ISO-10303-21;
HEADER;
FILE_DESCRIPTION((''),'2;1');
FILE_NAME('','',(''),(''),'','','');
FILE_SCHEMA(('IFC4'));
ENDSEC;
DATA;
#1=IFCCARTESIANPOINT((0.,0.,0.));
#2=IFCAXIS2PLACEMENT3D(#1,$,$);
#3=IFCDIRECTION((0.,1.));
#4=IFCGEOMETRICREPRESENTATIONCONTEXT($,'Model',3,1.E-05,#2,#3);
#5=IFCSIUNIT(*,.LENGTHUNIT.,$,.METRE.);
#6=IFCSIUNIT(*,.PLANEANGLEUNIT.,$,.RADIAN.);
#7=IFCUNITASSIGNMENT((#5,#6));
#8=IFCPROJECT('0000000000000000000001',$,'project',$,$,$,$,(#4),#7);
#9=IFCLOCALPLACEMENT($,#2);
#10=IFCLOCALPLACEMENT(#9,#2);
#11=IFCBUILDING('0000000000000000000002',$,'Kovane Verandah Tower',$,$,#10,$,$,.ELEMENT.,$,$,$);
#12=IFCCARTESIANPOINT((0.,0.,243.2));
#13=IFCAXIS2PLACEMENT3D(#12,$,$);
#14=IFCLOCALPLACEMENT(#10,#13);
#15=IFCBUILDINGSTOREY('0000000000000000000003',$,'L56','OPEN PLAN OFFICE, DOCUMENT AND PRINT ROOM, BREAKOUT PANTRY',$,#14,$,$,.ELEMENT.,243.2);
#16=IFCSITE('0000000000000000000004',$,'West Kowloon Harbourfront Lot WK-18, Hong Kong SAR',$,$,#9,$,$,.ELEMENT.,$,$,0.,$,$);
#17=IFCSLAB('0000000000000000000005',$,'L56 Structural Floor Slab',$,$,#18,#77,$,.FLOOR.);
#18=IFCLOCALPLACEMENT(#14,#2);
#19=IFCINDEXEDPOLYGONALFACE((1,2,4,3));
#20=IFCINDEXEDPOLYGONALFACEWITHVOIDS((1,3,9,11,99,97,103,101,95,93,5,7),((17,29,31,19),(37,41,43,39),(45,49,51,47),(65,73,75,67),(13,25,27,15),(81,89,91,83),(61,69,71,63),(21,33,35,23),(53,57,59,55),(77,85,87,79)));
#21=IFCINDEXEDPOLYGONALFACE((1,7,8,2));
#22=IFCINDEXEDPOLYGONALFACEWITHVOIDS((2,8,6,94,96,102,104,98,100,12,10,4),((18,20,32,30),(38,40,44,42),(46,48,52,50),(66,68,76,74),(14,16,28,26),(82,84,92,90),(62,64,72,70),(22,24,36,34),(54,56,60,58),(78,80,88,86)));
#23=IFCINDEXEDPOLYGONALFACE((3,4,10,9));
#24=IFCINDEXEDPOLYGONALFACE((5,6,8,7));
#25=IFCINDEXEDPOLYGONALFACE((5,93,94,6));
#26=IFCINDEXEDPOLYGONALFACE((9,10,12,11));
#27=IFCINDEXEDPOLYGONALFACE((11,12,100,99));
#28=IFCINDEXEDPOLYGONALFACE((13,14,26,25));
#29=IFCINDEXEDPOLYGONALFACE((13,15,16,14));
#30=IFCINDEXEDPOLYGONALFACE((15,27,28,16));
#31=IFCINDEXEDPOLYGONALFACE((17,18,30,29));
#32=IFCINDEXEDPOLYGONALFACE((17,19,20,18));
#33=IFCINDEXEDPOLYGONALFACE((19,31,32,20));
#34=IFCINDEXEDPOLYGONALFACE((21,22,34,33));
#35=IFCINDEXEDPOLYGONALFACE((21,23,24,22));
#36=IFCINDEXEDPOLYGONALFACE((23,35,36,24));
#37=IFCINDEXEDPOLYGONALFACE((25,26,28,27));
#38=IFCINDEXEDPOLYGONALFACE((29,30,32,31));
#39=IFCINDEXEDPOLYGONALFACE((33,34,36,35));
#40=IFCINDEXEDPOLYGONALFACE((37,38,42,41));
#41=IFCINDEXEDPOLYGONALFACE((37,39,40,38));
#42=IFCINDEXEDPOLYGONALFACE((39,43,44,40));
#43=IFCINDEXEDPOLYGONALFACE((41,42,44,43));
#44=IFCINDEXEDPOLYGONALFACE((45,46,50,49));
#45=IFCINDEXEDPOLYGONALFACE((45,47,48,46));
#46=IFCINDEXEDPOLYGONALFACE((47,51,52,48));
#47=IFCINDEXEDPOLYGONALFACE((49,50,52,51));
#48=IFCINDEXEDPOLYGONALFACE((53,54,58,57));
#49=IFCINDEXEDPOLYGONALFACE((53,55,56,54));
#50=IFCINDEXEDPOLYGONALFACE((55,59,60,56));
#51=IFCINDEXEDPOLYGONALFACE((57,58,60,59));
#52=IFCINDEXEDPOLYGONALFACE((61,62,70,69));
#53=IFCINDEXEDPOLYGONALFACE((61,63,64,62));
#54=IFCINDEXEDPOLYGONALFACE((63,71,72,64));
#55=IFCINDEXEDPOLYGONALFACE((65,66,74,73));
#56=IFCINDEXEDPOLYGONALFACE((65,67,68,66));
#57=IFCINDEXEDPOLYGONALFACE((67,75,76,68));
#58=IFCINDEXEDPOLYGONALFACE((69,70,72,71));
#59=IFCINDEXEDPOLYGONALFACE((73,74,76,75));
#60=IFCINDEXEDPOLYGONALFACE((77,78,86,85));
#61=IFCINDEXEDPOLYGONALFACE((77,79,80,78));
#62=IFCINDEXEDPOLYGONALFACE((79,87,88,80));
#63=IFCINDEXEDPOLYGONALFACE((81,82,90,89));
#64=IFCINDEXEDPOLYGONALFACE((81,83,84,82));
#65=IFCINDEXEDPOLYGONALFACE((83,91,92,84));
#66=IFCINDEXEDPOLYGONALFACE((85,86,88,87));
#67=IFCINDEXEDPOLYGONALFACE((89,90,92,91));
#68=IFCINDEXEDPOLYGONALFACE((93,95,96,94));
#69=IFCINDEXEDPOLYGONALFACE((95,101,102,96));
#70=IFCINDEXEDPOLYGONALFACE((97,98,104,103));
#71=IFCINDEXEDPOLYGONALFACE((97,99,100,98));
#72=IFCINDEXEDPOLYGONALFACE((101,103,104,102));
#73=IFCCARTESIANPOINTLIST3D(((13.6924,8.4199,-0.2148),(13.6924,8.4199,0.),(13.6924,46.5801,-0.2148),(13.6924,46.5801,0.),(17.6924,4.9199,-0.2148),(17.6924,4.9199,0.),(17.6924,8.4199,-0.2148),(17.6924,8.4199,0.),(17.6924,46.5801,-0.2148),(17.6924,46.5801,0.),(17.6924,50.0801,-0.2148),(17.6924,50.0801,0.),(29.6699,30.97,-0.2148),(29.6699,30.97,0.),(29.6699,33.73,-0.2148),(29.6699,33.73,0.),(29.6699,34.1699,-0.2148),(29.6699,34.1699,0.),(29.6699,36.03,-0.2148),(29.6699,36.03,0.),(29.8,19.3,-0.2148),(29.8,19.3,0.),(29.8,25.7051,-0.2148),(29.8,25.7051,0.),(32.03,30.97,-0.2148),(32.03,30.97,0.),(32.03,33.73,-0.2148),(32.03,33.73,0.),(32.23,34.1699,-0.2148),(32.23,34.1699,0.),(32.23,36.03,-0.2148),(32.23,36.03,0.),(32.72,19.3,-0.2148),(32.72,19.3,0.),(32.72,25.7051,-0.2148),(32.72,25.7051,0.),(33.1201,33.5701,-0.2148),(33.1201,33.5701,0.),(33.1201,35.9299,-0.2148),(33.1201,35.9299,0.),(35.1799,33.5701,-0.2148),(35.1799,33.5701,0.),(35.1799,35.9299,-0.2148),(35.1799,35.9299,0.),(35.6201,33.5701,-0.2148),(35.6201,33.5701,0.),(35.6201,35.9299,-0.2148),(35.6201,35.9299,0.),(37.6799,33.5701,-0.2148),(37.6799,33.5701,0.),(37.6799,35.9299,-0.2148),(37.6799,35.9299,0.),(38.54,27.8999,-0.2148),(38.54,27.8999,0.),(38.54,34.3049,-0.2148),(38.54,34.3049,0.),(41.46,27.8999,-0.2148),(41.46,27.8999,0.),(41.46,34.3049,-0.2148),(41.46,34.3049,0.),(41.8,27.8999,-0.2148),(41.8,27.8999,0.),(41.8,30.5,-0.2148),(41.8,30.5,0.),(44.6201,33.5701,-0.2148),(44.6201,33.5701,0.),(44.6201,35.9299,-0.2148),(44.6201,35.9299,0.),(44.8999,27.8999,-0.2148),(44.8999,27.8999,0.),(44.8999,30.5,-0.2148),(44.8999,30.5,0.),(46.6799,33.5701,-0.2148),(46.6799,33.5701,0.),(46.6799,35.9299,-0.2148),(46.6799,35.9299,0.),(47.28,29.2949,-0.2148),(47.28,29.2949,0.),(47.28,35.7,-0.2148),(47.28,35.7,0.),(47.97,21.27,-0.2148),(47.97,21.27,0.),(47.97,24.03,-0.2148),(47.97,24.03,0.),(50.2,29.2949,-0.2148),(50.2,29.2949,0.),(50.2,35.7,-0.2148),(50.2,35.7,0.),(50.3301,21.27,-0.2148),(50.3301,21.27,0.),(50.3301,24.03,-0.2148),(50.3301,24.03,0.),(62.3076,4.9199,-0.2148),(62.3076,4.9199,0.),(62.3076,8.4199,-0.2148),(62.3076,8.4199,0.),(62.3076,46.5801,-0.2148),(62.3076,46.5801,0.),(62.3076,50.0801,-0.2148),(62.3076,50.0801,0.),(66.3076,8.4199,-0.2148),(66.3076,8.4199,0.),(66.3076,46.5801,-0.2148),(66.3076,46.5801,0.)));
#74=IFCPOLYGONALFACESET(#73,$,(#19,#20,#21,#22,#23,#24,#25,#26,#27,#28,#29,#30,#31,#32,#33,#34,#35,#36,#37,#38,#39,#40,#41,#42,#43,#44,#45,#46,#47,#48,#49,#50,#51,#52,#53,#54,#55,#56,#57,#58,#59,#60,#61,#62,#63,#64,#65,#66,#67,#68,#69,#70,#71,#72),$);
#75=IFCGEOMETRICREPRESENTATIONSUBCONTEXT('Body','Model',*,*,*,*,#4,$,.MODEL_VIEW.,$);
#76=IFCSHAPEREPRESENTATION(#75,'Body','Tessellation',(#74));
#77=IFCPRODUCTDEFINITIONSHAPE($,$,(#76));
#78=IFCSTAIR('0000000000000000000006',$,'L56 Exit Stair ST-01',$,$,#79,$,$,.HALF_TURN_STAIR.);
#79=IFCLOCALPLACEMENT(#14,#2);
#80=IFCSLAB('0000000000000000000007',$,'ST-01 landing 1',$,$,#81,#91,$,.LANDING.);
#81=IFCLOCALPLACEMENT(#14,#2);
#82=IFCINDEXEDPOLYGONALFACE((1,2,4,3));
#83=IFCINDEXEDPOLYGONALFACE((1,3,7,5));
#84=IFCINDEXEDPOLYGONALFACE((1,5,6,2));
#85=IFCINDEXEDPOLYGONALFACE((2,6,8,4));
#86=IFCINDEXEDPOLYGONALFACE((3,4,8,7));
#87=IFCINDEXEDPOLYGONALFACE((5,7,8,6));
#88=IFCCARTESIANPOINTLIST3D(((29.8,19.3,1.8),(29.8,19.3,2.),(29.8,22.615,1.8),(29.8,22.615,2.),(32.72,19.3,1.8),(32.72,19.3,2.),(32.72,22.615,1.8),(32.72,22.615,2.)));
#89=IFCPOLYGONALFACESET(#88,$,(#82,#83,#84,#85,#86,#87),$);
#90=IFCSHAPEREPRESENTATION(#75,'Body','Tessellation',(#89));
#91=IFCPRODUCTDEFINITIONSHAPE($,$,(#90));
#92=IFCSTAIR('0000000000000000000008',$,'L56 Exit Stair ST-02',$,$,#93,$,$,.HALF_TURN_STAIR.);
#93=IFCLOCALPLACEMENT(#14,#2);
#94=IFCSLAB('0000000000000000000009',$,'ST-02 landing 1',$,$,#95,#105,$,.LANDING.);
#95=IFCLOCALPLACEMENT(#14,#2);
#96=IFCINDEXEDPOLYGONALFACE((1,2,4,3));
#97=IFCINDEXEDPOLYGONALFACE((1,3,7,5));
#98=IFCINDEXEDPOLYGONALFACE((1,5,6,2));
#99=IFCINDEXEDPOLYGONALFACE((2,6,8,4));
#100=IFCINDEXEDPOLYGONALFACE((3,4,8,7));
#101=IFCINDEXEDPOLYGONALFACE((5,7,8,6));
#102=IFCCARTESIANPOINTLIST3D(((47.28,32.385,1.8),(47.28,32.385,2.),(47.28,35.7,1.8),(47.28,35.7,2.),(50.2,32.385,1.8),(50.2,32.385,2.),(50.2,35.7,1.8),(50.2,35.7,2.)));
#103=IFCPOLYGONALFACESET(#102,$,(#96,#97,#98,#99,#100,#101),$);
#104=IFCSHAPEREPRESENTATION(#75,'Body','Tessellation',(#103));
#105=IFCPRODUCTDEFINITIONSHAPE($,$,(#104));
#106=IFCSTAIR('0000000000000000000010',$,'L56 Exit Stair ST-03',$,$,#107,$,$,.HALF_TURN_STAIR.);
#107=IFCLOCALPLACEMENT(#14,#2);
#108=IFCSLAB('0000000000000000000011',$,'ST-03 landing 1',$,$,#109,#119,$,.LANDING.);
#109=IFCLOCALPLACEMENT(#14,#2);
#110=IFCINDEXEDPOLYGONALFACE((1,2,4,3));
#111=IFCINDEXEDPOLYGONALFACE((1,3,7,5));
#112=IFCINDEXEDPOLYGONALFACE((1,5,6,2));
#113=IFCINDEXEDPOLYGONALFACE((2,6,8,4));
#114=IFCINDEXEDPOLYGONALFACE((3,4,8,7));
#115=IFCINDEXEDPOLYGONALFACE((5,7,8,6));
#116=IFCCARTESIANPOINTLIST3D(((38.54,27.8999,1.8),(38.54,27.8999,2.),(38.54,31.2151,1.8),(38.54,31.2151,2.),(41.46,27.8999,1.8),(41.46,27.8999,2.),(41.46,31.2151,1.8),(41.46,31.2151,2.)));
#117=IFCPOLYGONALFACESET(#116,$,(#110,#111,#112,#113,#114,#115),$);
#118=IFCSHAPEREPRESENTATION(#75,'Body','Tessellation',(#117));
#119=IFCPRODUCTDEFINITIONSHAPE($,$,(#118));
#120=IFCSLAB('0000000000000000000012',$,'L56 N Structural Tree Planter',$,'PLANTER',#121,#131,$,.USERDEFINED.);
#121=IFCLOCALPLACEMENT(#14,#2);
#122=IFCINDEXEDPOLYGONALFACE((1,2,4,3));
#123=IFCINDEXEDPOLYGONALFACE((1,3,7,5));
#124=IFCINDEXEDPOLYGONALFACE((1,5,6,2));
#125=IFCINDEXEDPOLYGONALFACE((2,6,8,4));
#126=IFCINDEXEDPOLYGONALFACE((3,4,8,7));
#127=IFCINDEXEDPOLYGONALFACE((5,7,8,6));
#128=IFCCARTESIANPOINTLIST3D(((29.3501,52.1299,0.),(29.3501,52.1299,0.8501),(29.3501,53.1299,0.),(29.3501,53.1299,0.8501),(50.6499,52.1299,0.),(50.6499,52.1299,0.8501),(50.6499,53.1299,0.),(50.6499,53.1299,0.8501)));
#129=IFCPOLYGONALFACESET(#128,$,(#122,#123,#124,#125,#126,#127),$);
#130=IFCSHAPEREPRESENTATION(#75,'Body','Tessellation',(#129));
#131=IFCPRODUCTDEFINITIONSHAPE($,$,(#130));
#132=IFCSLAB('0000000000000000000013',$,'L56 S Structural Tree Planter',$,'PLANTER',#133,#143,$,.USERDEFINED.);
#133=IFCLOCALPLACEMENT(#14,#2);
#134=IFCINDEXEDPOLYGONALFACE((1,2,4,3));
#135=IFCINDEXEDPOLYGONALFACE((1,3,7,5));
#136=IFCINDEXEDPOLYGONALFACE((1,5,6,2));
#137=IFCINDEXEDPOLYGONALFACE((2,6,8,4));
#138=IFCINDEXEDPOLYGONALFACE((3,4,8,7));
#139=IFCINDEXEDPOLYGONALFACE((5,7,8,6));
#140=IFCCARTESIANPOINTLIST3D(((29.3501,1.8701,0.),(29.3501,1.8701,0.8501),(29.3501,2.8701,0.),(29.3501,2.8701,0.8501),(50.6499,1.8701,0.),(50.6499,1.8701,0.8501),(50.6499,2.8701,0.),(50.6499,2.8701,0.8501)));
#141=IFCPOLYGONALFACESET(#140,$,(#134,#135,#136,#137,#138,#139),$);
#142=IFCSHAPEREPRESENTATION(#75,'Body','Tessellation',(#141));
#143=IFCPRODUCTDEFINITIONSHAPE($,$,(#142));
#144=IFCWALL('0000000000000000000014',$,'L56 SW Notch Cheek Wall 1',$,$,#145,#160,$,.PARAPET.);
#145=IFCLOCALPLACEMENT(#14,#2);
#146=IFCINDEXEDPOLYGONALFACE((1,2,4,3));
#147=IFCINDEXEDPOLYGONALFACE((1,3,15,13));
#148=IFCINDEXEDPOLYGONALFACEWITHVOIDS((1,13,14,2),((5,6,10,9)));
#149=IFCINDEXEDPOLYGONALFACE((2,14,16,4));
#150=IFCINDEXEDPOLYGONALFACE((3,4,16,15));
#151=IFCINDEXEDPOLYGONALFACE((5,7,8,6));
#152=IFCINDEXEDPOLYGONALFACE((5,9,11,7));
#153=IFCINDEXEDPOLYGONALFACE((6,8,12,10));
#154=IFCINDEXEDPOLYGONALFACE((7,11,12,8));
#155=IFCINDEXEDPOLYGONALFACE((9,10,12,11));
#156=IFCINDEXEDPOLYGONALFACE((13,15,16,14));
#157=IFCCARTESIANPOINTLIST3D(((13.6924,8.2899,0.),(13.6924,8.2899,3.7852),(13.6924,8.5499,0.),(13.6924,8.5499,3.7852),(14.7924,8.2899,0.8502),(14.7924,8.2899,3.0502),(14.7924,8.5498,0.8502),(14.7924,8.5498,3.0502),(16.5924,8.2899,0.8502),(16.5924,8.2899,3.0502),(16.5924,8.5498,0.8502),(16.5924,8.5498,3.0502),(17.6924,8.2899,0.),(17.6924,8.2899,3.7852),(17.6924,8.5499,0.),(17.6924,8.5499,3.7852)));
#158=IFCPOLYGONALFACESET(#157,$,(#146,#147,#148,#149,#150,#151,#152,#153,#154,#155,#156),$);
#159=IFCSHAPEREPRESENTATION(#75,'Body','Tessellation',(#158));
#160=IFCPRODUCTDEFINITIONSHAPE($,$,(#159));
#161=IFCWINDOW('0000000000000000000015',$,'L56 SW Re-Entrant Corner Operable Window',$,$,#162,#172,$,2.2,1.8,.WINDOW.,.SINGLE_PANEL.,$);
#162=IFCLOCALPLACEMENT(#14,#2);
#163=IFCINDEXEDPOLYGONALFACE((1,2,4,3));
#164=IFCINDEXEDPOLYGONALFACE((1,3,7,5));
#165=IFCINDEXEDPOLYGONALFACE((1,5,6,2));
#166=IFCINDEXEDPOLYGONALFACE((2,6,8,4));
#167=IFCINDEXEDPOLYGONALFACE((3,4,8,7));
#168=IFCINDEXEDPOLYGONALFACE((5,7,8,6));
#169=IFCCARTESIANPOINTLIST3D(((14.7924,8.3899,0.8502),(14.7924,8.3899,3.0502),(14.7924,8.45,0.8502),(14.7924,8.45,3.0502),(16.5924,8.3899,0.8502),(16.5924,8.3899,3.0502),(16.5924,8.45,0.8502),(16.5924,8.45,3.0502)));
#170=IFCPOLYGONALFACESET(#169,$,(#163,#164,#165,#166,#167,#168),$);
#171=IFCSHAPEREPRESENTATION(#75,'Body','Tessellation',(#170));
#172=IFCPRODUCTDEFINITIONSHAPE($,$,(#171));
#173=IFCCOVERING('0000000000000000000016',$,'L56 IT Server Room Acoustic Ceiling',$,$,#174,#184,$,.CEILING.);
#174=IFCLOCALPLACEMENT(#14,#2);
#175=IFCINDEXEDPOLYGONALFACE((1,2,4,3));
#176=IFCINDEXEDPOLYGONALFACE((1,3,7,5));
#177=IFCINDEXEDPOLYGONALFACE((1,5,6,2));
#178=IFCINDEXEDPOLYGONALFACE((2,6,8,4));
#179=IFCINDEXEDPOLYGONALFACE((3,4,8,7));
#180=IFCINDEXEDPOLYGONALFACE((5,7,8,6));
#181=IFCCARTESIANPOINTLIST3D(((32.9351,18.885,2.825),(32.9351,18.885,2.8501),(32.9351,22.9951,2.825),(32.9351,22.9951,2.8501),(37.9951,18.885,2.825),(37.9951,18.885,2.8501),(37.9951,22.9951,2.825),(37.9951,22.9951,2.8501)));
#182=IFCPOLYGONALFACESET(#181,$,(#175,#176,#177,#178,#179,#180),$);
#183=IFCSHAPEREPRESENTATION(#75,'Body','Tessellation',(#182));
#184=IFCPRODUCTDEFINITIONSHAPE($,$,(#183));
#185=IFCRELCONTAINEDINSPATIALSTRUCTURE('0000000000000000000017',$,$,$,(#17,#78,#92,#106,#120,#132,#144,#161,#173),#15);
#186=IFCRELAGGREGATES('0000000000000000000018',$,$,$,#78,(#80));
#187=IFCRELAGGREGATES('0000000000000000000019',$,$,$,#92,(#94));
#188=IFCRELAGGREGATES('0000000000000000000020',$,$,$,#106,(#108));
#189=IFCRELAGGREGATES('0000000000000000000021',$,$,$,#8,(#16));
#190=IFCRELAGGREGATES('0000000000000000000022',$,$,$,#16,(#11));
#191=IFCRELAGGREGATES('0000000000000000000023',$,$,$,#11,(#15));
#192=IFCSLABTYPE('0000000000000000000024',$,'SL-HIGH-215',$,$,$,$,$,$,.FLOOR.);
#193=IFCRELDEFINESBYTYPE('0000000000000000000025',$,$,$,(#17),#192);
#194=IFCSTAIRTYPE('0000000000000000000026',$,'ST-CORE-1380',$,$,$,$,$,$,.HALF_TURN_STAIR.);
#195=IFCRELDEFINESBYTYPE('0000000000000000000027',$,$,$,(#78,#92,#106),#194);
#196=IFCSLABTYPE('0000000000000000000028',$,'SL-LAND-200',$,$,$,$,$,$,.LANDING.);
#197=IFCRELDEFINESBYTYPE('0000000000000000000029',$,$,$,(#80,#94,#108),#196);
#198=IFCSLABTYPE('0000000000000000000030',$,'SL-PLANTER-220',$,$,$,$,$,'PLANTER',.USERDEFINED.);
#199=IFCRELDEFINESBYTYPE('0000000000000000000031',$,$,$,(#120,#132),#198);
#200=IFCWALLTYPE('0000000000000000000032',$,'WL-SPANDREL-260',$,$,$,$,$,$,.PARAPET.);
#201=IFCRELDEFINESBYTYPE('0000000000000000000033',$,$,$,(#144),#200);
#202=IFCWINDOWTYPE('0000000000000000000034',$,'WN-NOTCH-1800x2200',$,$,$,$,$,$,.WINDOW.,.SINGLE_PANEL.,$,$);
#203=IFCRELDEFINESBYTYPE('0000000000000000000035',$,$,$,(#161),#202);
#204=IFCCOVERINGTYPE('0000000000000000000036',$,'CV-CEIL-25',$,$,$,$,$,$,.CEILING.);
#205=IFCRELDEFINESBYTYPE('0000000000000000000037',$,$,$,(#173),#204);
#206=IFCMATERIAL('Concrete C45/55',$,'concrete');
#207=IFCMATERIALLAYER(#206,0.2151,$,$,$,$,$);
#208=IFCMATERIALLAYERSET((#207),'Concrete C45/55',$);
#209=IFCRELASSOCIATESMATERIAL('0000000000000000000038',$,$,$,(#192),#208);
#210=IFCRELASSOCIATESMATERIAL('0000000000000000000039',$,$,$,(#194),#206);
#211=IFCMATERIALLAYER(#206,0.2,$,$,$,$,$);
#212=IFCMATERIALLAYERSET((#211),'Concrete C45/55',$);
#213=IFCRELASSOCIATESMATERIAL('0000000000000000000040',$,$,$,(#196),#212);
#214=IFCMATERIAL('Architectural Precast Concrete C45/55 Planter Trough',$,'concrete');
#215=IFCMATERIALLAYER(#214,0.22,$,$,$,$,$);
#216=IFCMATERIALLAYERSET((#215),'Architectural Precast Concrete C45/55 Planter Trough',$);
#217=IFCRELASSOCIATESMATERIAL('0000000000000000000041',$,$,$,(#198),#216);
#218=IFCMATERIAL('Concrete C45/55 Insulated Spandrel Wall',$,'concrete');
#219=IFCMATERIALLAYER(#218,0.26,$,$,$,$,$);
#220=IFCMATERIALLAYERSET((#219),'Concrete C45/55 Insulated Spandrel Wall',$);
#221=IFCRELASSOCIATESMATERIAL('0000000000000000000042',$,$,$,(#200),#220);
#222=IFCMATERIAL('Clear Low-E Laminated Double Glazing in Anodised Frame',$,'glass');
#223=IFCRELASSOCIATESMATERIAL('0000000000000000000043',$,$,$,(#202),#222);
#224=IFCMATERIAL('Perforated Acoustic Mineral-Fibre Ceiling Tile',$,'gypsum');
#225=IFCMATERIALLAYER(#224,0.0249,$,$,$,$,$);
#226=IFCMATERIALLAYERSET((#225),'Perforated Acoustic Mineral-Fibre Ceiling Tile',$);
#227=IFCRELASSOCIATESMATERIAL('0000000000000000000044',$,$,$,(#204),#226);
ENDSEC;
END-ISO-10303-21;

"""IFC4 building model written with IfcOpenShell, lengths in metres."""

from ifc_helpers import new_model, si_unit, direction, frame, frame_2d, origin, place, context, subcontext, project, spatial, polyline, rectangle, outline, extrude, material, layer, layer_set, type_object, element, fill, aggregate, save


model = new_model("IFC4")

# Units and contexts
model_context = context("Model", 3, precision=1e-05, world=origin(), true_north=direction((0.0, 1.0)))
body_context = subcontext(model_context, "Body", "Model", "MODEL_VIEW")
ifc_project = project(units=[si_unit("LENGTHUNIT", "METRE"), si_unit("PLANEANGLEUNIT", "RADIAN")], contexts=[model_context])

# Site, building, storey
site_placement = place(None, origin())
site = spatial("IfcSite", under=ifc_project, at=site_placement, Name="West Kowloon Harbourfront Lot WK-18, Hong Kong SAR", CompositionType="ELEMENT", RefElevation=0.0)
building_placement = place(site_placement, origin())
building = spatial("IfcBuilding", under=site, at=building_placement, Name="Kovane Verandah Tower", CompositionType="ELEMENT")
storey_placement = place(building_placement, frame((0.0, 0.0, 243.2)))
storey = spatial("IfcBuildingStorey", under=building, at=storey_placement, Name="L56", Description="OPEN PLAN OFFICE, DOCUMENT AND PRINT ROOM, BREAKOUT PANTRY", CompositionType="ELEMENT", Elevation=243.2)

# Slab
ifc_material_1 = material(Name="Concrete C45/55", Category="concrete")
ifc_layer_1 = layer(ifc_material_1, 0.2151)
ifc_layer_set_1 = layer_set([ifc_layer_1], Name="Concrete C45/55")
slab_type_1 = type_object("IfcSlabType", Name="SL-HIGH-215", PredefinedType="FLOOR", material=ifc_layer_set_1)
slab_1_placement = place(storey_placement, frame((0.0, 0.0, -0.2148)))
element("IfcSlab", 1, at=slab_1_placement, inside=storey, type_object=slab_type_1, Name="L56 Structural Floor Slab", PredefinedType="FLOOR", context=body_context, shape_type="SweptSolid", body=[
    extrude(outline(polyline([(17.6924, 4.9199), (62.3076, 4.9199), (62.3076, 8.4199), (66.3076, 8.4199), (66.3076, 46.5801), (62.3076, 46.5801), (62.3076, 50.0801), (17.6924, 50.0801), (17.6924, 46.5801), (13.6924, 46.5801), (13.6924, 8.4199), (17.6924, 8.4199), (17.6924, 4.9199)]), holes=[polyline([(29.8, 19.3), (32.72, 19.3), (32.72, 25.7051), (29.8, 25.7051), (29.8, 19.3)]), polyline([(47.28, 29.2949), (50.2, 29.2949), (50.2, 35.7), (47.28, 35.7), (47.28, 29.2949)]), polyline([(38.54, 27.8999), (41.46, 27.8999), (41.46, 34.3049), (38.54, 34.3049), (38.54, 27.8999)]), polyline([(29.6699, 30.97), (32.03, 30.97), (32.03, 33.73), (29.6699, 33.73), (29.6699, 30.97)]), polyline([(47.97, 21.27), (50.3301, 21.27), (50.3301, 24.03), (47.97, 24.03), (47.97, 21.27)]), polyline([(29.6699, 34.1699), (32.23, 34.1699), (32.23, 36.03), (29.6699, 36.03), (29.6699, 34.1699)]), polyline([(33.1201, 33.5701), (35.1799, 33.5701), (35.1799, 35.9299), (33.1201, 35.9299), (33.1201, 33.5701)]), polyline([(35.6201, 33.5701), (37.6799, 33.5701), (37.6799, 35.9299), (35.6201, 35.9299), (35.6201, 33.5701)]), polyline([(44.6201, 33.5701), (46.6799, 33.5701), (46.6799, 35.9299), (44.6201, 35.9299), (44.6201, 33.5701)]), polyline([(41.8, 27.8999), (44.8999, 27.8999), (44.8999, 30.5), (41.8, 30.5), (41.8, 27.8999)])]), origin(), (0.0, 0.0, 1.0), 0.2148),
])

# Stairs, slabs
stair_type = type_object("IfcStairType", Name="ST-CORE-1380", PredefinedType="HALF_TURN_STAIR", material=ifc_material_1)
stair_1_placement = place(storey_placement, origin())
stair_1 = element("IfcStair", 2, at=stair_1_placement, inside=storey, type_object=stair_type, Name="L56 Exit Stair ST-01", PredefinedType="HALF_TURN_STAIR")
ifc_layer_2 = layer(ifc_material_1, 0.2)
ifc_layer_set_2 = layer_set([ifc_layer_2], Name="Concrete C45/55")
slab_type_2 = type_object("IfcSlabType", Name="SL-LAND-200", PredefinedType="LANDING", material=ifc_layer_set_2)
slab_2_placement = place(storey_placement, frame((0.0, 0.0, 1.8)))
slab_2 = element("IfcSlab", 3, at=slab_2_placement, type_object=slab_type_2, Name="ST-01 landing 1", PredefinedType="LANDING", context=body_context, shape_type="SweptSolid", body=[
    extrude(outline(polyline([(29.8, 22.615), (29.8, 19.3), (32.72, 19.3), (32.72, 22.615), (29.8, 22.615)])), origin(), (0.0, 0.0, 1.0), 0.2),
])
aggregate(stair_1, [slab_2])
stair_2_placement = place(storey_placement, origin())
stair_2 = element("IfcStair", 4, at=stair_2_placement, inside=storey, type_object=stair_type, Name="L56 Exit Stair ST-02", PredefinedType="HALF_TURN_STAIR")
slab_3_placement = place(storey_placement, frame((0.0, 0.0, 1.8)))
slab_3 = element("IfcSlab", 5, at=slab_3_placement, type_object=slab_type_2, Name="ST-02 landing 1", PredefinedType="LANDING", context=body_context, shape_type="SweptSolid", body=[
    extrude(outline(polyline([(50.2, 32.385), (50.2, 35.7), (47.28, 35.7), (47.28, 32.385), (50.2, 32.385)])), origin(), (0.0, 0.0, 1.0), 0.2),
])
aggregate(stair_2, [slab_3])
stair_3_placement = place(storey_placement, origin())
stair_3 = element("IfcStair", 6, at=stair_3_placement, inside=storey, type_object=stair_type, Name="L56 Exit Stair ST-03", PredefinedType="HALF_TURN_STAIR")
slab_4_placement = place(storey_placement, frame((0.0, 0.0, 1.8)))
slab_4 = element("IfcSlab", 7, at=slab_4_placement, type_object=slab_type_2, Name="ST-03 landing 1", PredefinedType="LANDING", context=body_context, shape_type="SweptSolid", body=[
    extrude(outline(polyline([(38.54, 31.2151), (38.54, 27.8999), (41.46, 27.8999), (41.46, 31.2151), (38.54, 31.2151)])), origin(), (0.0, 0.0, 1.0), 0.2),
])
aggregate(stair_3, [slab_4])

# Slabs
ifc_material_2 = material(Name="Architectural Precast Concrete C45/55 Planter Trough", Category="concrete")
ifc_layer_3 = layer(ifc_material_2, 0.22)
ifc_layer_set_3 = layer_set([ifc_layer_3], Name="Architectural Precast Concrete C45/55 Planter Trough")
slab_type_3 = type_object("IfcSlabType", Name="SL-PLANTER-220", ElementType="PLANTER", PredefinedType="USERDEFINED", material=ifc_layer_set_3)
slab_5_placement = place(storey_placement, origin())
element("IfcSlab", 8, at=slab_5_placement, inside=storey, type_object=slab_type_3, Name="L56 N Structural Tree Planter", ObjectType="PLANTER", PredefinedType="USERDEFINED", context=body_context, shape_type="SweptSolid", body=[
    extrude(outline(polyline([(29.3501, 52.1299), (50.6499, 52.1299), (50.6499, 53.1299), (29.3501, 53.1299), (29.3501, 52.1299)])), origin(), (0.0, 0.0, 1.0), 0.8501),
])
slab_6_placement = place(storey_placement, origin())
element("IfcSlab", 9, at=slab_6_placement, inside=storey, type_object=slab_type_3, Name="L56 S Structural Tree Planter", ObjectType="PLANTER", PredefinedType="USERDEFINED", context=body_context, shape_type="SweptSolid", body=[
    extrude(outline(polyline([(29.3501, 1.8701), (50.6499, 1.8701), (50.6499, 2.8701), (29.3501, 2.8701), (29.3501, 1.8701)])), origin(), (0.0, 0.0, 1.0), 0.8501),
])

# Wall, opening, window
ifc_material_3 = material(Name="Concrete C45/55 Insulated Spandrel Wall", Category="concrete")
ifc_layer_4 = layer(ifc_material_3, 0.26)
ifc_layer_set_4 = layer_set([ifc_layer_4], Name="Concrete C45/55 Insulated Spandrel Wall")
wall_type = type_object("IfcWallType", Name="WL-SPANDREL-260", PredefinedType="PARAPET", material=ifc_layer_set_4)
wall_placement = place(storey_placement, frame((13.6924, 8.4199, 0.0), z_axis=(0.0, 0.0, 1.0), x_axis=(1.0, 0.0, 0.0)))
wall = element("IfcWall", 10, at=wall_placement, inside=storey, type_object=wall_type, Name="L56 SW Notch Cheek Wall 1", PredefinedType="PARAPET", context=body_context, shape_type="SweptSolid", body=[
    extrude(rectangle(XDim=4.0, YDim=0.26, at=frame_2d((2.0, 0.0))), origin(), (0.0, 0.0, 1.0), 3.7852),
])
opening_placement = place(wall_placement, frame((1.1001, 0.0, 0.8501)))
opening = element("IfcOpeningElement", 11, at=opening_placement, cuts=wall, PredefinedType="OPENING", context=body_context, shape_type="SweptSolid", body=[
    extrude(rectangle(XDim=1.8, YDim=2.2, at=frame_2d((0.8999, 1.1001))), frame((0.0, 0.1299, 0.0), z_axis=(0.0, -1.0, 0.0), x_axis=(1.0, 0.0, 0.0)), (0.0, 0.0, 1.0), 0.26),
])
ifc_material_4 = material(Name="Clear Low-E Laminated Double Glazing in Anodised Frame", Category="glass")
window_type = type_object("IfcWindowType", Name="WN-NOTCH-1800x2200", PartitioningType="SINGLE_PANEL", PredefinedType="WINDOW", material=ifc_material_4)
window_placement = place(opening_placement, origin())
window = element("IfcWindow", 12, at=window_placement, inside=storey, type_object=window_type, Name="L56 SW Re-Entrant Corner Operable Window", OverallHeight=2.2, OverallWidth=1.8, PartitioningType="SINGLE_PANEL", PredefinedType="WINDOW", context=body_context, shape_type="SweptSolid", body=[
    extrude(rectangle(XDim=1.8, YDim=2.2, at=frame_2d((0.8999, 1.1001))), frame((0.0, 0.03, 0.0), z_axis=(0.0, -1.0, 0.0), x_axis=(1.0, 0.0, 0.0)), (0.0, 0.0, 1.0), 0.0601),
])
fill(opening, window)

# Covering
ifc_material_5 = material(Name="Perforated Acoustic Mineral-Fibre Ceiling Tile", Category="gypsum")
ifc_layer_5 = layer(ifc_material_5, 0.0249)
ifc_layer_set_5 = layer_set([ifc_layer_5], Name="Perforated Acoustic Mineral-Fibre Ceiling Tile")
covering_type_1 = type_object("IfcCoveringType", Name="CV-CEIL-25", PredefinedType="CEILING", material=ifc_layer_set_5)
covering_1_placement = place(storey_placement, frame((0.0, 0.0, 2.825)))
element("IfcCovering", 13, at=covering_1_placement, inside=storey, type_object=covering_type_1, Name="L56 IT Server Room Acoustic Ceiling", PredefinedType="CEILING", context=body_context, shape_type="SweptSolid", body=[
    extrude(outline(polyline([(32.9351, 18.885), (37.9951, 18.885), (37.9951, 22.9951), (32.9351, 22.9951), (32.9351, 18.885)])), origin(), (0.0, 0.0, 1.0), 0.0251),
])

save(model, "model.ifc")
